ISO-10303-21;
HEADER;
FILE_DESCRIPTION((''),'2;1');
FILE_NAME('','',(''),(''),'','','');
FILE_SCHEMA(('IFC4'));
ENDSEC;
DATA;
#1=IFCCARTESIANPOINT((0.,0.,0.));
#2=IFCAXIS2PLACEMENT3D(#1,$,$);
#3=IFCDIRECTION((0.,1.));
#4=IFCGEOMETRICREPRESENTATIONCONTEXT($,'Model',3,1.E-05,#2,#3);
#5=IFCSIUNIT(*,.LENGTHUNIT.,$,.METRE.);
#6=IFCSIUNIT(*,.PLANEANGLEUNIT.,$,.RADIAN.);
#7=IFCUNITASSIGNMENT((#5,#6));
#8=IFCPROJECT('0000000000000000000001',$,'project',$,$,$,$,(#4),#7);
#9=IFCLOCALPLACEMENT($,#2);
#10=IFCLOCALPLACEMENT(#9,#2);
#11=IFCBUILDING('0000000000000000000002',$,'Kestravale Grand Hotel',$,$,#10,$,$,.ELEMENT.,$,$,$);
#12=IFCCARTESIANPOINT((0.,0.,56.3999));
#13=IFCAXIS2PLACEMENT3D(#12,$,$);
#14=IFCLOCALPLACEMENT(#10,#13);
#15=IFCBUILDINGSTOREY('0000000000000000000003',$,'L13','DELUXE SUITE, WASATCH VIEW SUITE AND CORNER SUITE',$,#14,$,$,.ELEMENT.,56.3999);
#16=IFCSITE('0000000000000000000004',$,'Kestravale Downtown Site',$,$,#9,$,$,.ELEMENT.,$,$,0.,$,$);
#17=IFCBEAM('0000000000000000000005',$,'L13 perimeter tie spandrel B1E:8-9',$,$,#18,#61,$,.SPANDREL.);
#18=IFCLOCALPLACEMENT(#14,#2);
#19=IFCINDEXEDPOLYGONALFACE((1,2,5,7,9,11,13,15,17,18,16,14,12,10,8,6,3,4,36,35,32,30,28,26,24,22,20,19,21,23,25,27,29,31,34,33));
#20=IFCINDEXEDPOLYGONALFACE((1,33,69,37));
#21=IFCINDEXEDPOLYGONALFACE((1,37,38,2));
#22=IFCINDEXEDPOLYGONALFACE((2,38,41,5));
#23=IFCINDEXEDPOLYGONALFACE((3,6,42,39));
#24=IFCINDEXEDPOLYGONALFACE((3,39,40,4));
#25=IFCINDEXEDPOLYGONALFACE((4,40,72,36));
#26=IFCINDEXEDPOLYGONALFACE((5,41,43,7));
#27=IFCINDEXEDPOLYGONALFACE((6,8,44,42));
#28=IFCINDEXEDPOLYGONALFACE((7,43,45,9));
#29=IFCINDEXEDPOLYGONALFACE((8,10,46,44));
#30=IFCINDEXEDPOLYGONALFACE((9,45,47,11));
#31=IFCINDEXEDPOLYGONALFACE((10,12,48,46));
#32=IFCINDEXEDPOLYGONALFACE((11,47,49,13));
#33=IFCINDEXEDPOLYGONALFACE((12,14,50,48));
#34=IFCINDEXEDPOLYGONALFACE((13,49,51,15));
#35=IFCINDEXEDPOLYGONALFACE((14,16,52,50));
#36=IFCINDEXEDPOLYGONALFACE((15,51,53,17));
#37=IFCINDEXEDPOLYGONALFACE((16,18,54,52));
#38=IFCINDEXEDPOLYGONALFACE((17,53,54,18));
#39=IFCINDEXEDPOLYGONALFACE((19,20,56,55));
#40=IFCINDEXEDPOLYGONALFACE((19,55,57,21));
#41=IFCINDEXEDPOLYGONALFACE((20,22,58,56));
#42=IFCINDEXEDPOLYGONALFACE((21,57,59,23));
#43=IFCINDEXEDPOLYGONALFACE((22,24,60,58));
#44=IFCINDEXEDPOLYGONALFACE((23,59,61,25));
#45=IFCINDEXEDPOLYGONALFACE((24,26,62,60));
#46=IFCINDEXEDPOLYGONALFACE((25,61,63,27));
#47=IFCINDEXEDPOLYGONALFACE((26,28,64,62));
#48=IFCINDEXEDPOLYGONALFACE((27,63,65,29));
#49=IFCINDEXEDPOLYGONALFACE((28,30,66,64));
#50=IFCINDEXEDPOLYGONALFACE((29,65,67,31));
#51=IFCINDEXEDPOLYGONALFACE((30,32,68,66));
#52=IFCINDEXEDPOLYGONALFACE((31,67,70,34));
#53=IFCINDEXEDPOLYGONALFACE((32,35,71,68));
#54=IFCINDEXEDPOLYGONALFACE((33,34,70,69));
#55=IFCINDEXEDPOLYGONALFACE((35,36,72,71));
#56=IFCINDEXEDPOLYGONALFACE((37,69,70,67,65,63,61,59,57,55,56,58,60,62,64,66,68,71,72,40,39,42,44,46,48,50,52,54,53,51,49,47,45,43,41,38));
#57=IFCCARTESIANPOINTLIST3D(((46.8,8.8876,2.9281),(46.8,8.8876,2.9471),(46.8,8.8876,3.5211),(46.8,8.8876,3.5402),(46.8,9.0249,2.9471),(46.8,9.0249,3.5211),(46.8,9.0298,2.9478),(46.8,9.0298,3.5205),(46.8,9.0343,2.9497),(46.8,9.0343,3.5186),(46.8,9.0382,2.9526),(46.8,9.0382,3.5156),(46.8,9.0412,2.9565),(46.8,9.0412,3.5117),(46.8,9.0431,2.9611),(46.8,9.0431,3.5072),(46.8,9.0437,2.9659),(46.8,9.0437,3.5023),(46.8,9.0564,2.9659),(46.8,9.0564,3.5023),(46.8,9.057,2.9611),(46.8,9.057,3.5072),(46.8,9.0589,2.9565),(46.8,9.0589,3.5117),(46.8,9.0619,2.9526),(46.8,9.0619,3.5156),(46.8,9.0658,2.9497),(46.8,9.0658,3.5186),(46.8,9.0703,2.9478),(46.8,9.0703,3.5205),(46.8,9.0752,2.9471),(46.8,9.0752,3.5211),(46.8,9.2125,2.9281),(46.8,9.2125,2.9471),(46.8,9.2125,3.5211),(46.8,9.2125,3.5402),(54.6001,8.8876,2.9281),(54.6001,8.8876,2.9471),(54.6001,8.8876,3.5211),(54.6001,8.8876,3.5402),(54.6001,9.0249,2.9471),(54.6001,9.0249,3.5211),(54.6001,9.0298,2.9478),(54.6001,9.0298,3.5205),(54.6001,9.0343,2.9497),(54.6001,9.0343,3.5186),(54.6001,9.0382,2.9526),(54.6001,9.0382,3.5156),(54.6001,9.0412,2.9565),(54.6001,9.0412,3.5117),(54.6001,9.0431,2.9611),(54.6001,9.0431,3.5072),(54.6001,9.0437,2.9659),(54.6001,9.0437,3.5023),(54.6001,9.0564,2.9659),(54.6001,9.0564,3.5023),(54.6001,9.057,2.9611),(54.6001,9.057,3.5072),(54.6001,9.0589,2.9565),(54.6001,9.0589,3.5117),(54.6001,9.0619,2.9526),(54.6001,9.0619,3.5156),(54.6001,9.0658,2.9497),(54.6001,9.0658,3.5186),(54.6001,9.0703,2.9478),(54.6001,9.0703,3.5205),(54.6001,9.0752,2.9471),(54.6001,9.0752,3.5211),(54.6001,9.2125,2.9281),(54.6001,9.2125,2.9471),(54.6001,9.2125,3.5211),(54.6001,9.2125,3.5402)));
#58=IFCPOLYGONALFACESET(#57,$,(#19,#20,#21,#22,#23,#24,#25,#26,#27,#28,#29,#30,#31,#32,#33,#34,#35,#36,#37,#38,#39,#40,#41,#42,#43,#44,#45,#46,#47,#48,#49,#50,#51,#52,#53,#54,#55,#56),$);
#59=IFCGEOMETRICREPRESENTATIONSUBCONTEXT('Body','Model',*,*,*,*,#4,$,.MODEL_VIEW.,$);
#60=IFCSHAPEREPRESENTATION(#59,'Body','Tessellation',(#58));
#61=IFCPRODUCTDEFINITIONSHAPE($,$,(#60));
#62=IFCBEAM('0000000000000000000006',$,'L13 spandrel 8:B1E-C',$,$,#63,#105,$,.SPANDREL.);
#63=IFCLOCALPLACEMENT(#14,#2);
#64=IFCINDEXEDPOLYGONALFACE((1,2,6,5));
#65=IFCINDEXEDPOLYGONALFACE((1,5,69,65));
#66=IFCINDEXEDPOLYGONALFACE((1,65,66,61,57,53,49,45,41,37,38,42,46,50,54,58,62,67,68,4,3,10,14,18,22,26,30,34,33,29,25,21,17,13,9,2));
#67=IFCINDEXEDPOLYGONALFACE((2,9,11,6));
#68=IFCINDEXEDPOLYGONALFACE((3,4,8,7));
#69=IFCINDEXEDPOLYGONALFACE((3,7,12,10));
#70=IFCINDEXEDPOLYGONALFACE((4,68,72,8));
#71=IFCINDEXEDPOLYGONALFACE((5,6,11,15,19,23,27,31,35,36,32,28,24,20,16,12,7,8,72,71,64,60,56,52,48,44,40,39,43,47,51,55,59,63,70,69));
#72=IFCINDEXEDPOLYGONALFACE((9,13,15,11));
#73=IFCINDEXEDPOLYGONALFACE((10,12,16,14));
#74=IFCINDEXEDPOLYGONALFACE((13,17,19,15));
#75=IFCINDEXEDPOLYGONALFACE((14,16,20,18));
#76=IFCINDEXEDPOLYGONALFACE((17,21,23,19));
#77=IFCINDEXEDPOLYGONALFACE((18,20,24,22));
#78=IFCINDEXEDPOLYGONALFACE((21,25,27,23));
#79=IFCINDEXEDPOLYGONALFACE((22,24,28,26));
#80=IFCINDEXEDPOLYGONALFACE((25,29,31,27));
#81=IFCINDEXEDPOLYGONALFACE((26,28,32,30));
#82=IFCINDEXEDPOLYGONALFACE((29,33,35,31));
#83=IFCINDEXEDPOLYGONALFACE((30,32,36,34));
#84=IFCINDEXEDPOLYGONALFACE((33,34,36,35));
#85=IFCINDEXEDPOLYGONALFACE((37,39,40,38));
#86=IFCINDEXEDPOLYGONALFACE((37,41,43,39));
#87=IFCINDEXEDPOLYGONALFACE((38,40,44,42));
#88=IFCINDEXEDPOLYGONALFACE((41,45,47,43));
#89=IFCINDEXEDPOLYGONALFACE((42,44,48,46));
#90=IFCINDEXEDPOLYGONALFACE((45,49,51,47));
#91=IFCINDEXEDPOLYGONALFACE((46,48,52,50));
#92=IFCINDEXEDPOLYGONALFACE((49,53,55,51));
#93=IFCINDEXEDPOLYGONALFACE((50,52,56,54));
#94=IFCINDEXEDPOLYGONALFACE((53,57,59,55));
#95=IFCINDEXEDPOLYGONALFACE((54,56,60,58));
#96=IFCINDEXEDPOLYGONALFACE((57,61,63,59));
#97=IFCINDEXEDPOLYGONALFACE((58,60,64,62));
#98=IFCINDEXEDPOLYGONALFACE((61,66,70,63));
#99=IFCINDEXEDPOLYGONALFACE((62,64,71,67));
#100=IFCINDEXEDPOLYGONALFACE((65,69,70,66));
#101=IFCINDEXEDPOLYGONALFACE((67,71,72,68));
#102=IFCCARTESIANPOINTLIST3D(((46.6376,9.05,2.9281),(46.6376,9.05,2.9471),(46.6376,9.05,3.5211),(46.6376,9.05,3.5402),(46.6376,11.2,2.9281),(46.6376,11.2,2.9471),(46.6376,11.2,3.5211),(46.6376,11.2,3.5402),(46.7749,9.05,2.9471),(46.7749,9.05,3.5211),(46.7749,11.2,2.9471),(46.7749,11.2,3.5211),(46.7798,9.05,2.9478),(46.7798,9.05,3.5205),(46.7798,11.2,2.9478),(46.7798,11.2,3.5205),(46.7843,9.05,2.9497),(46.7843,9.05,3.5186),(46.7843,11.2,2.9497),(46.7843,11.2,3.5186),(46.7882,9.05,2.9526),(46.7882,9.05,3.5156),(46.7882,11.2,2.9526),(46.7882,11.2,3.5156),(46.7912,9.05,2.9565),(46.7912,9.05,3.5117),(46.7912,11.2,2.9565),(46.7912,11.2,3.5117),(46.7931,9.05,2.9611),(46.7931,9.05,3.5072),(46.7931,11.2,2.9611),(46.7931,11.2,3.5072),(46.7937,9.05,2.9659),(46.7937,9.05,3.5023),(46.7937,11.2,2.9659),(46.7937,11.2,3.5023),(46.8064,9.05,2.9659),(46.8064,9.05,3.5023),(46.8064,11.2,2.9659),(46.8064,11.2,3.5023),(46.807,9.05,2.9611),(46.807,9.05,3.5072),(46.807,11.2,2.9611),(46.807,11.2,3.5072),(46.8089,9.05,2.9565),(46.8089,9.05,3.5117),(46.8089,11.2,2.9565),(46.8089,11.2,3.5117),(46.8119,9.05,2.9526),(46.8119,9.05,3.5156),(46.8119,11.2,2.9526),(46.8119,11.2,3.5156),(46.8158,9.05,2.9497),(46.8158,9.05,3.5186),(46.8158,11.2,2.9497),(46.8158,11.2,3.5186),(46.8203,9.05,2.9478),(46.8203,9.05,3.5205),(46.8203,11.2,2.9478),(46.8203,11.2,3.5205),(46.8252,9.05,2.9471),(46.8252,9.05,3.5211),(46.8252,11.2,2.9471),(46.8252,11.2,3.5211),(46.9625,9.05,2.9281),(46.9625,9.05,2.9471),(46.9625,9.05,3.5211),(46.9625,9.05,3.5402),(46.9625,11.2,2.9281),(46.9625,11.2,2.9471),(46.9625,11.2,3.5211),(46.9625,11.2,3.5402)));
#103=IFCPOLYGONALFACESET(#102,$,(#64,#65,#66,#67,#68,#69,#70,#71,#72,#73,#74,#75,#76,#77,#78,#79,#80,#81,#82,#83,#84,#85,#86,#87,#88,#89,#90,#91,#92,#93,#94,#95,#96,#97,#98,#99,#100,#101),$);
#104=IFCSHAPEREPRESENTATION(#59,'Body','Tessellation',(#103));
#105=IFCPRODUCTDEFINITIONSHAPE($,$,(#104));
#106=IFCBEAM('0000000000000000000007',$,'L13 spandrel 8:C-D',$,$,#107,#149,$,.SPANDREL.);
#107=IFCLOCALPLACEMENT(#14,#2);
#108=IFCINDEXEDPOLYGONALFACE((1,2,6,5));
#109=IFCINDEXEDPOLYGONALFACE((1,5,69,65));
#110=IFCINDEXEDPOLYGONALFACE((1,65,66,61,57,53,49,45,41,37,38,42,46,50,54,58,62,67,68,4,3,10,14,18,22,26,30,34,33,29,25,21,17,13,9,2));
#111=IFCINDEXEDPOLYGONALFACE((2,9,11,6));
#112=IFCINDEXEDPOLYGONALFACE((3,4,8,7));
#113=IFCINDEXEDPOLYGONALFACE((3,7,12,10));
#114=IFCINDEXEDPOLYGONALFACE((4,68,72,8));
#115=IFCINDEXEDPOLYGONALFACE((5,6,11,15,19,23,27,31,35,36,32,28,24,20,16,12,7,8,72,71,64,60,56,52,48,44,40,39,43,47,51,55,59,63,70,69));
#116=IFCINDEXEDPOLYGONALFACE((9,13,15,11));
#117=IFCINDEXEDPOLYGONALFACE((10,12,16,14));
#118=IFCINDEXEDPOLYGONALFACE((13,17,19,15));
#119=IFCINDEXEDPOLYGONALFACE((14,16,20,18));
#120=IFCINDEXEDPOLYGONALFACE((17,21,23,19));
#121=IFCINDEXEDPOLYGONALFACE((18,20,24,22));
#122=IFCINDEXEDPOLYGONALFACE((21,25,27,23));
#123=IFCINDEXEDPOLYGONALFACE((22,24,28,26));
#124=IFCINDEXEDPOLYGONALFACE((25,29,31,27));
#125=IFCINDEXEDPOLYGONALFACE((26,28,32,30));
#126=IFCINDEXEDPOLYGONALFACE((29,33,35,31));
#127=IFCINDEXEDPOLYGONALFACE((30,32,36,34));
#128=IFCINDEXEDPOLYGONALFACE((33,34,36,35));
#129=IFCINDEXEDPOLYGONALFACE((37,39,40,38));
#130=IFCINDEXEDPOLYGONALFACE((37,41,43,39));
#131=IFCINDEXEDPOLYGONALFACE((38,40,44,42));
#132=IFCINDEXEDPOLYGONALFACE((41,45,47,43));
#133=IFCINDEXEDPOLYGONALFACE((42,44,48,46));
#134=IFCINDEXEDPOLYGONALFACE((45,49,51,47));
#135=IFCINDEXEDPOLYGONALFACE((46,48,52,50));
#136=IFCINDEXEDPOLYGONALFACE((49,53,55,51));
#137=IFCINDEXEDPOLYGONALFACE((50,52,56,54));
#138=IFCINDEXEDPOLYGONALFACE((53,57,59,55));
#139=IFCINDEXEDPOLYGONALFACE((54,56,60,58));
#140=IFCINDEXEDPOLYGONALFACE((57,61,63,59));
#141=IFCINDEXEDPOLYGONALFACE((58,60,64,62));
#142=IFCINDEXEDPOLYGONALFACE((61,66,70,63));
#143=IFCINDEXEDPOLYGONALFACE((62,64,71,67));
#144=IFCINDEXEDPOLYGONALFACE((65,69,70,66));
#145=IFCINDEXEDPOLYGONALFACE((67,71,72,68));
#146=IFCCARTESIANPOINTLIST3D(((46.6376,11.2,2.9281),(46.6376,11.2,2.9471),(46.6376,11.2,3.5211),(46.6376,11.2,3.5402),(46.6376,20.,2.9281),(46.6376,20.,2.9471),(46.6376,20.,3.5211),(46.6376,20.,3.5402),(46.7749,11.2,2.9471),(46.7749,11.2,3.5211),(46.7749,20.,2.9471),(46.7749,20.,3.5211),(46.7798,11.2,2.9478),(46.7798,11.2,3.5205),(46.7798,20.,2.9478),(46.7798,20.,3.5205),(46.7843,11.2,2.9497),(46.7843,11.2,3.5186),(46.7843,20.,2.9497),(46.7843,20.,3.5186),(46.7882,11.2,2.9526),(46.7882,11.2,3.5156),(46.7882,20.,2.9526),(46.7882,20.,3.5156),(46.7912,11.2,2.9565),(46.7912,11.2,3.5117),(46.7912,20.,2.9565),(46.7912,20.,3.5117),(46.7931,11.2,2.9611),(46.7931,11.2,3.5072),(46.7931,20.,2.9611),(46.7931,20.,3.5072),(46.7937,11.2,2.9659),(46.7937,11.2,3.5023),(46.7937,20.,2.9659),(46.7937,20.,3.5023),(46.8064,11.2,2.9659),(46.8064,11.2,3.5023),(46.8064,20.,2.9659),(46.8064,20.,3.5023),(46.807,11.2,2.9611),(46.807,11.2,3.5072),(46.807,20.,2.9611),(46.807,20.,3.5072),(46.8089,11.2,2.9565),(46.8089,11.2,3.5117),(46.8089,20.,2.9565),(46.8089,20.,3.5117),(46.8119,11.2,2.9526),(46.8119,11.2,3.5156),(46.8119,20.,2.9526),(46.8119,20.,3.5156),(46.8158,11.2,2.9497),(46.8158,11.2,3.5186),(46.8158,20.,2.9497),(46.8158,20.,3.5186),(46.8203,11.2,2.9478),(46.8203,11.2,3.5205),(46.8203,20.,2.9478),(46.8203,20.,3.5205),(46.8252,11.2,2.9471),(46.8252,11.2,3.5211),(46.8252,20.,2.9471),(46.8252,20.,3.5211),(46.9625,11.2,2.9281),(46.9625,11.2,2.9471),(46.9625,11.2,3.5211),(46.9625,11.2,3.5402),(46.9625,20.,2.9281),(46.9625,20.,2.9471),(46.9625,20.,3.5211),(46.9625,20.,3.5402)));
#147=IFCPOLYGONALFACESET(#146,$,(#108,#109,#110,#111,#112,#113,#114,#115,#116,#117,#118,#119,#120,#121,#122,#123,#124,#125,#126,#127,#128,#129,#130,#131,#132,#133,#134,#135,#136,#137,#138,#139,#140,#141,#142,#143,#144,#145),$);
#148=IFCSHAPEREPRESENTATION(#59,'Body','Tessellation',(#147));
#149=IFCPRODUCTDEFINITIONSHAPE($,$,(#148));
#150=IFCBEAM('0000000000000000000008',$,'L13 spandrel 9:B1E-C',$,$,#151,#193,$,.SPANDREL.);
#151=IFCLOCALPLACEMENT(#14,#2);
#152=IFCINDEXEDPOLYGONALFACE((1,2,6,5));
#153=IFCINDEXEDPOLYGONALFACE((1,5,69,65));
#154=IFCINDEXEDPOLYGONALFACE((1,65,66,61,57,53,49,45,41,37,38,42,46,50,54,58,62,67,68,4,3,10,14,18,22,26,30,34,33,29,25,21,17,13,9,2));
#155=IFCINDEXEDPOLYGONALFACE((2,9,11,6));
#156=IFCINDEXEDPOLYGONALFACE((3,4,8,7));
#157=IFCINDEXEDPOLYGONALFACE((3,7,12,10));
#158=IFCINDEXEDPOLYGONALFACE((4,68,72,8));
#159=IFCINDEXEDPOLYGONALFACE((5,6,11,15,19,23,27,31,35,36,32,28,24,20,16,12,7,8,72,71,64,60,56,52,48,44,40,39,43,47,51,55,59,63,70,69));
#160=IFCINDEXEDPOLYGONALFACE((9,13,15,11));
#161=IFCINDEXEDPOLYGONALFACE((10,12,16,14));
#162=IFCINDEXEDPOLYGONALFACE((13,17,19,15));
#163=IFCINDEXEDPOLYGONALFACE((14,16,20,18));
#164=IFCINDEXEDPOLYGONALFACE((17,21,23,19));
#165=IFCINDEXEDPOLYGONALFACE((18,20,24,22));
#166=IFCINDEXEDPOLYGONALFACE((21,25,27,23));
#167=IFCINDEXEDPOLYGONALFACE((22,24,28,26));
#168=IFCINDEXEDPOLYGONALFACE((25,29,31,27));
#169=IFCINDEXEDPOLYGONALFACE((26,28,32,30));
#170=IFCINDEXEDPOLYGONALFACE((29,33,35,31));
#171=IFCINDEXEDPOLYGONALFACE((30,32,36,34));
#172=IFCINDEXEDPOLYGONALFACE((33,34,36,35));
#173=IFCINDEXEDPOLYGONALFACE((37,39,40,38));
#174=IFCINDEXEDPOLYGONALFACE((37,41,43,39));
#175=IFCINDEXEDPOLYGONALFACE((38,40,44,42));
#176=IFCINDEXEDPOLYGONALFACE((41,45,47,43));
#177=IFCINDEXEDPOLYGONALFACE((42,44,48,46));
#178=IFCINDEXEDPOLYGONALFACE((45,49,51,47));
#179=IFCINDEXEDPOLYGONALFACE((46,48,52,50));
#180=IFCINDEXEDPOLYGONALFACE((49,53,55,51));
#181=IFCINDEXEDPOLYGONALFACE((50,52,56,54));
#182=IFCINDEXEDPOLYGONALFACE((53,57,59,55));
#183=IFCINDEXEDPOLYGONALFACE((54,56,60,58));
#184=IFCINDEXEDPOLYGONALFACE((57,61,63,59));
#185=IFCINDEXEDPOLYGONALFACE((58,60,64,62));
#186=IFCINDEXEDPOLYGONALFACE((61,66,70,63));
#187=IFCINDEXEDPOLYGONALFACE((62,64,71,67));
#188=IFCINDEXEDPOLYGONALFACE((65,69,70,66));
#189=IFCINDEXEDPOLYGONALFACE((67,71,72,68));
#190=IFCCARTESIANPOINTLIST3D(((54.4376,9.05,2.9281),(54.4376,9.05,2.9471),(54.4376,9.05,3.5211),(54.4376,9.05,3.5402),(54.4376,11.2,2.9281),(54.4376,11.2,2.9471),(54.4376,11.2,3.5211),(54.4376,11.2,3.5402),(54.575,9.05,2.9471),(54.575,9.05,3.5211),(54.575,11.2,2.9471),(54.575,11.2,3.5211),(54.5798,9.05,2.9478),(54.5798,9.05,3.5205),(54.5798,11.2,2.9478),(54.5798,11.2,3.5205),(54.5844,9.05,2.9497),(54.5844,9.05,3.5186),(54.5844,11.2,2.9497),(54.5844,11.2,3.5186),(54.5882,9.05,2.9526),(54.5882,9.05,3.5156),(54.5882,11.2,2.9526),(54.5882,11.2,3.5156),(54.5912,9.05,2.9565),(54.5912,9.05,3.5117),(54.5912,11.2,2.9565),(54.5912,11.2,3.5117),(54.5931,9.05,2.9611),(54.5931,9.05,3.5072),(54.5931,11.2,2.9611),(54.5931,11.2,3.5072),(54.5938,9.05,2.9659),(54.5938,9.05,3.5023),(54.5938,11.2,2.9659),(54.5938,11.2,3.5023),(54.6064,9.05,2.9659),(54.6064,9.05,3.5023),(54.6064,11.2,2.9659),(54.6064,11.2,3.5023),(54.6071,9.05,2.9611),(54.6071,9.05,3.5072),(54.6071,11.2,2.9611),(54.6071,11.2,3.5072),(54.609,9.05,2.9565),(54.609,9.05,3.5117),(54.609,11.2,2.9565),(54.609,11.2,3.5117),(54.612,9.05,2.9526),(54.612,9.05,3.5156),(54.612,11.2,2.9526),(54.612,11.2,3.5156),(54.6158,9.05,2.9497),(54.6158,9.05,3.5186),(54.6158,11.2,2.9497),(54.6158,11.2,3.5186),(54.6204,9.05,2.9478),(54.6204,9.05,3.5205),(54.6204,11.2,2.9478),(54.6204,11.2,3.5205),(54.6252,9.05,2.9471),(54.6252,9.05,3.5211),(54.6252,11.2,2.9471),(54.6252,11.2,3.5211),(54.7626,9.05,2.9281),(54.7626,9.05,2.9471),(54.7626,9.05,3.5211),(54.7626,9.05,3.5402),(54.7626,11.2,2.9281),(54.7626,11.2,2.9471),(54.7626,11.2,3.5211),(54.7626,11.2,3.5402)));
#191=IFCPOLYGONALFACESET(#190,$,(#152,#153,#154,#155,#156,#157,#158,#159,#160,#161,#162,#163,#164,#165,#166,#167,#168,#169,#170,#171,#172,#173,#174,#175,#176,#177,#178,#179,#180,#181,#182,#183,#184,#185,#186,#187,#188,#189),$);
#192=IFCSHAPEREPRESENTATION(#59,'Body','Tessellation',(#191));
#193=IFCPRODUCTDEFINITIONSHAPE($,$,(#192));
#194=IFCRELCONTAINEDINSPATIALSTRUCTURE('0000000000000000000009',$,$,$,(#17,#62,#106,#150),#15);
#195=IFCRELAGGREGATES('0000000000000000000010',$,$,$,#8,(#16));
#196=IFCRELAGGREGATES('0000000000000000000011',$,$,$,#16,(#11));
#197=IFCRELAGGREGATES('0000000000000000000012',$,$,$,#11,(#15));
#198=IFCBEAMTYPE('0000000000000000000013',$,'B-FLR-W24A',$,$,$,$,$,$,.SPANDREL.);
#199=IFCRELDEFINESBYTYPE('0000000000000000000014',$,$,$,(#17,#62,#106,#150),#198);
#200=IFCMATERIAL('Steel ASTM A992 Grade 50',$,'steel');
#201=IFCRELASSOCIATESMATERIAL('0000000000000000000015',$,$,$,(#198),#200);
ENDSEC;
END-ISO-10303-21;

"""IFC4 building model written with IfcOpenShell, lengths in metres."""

from ifc_helpers import new_model, si_unit, direction, frame, origin, origin_2d, place, context, subcontext, project, spatial, i_section, extrude, material, material_profile, profile_set, type_object, element, save


model = new_model("IFC4")

# Units and contexts
model_context = context("Model", 3, precision=1e-05, world=origin(), true_north=direction((0.0, 1.0)))
body_context = subcontext(model_context, "Body", "Model", "MODEL_VIEW")
ifc_project = project(units=[si_unit("LENGTHUNIT", "METRE"), si_unit("PLANEANGLEUNIT", "RADIAN")], contexts=[model_context])

# Site, building, storey
site_placement = place(None, origin())
site = spatial("IfcSite", under=ifc_project, at=site_placement, Name="Kestravale Downtown Site", CompositionType="ELEMENT", RefElevation=0.0)
building_placement = place(site_placement, origin())
building = spatial("IfcBuilding", under=site, at=building_placement, Name="Kestravale Grand Hotel", CompositionType="ELEMENT")
storey_placement = place(building_placement, frame((0.0, 0.0, 56.3999)))
storey = spatial("IfcBuildingStorey", under=building, at=storey_placement, Name="L13", Description="DELUXE SUITE, WASATCH VIEW SUITE AND CORNER SUITE", CompositionType="ELEMENT", Elevation=56.3999)

# Beams
ifc_material_1 = material(Name="Steel ASTM A992 Grade 50", Category="steel")
ifc_material_profile_1 = material_profile(ifc_material_1, i_section(OverallWidth=0.325, OverallDepth=0.6121, WebThickness=0.0127, FlangeThickness=0.019, FilletRadius=0.0188, at=origin_2d()))
ifc_profile_set_1 = profile_set([ifc_material_profile_1], Name="Steel ASTM A992 Grade 50")
beam_type_1 = type_object("IfcBeamType", Name="B-FLR-W24A", PredefinedType="SPANDREL", material=ifc_profile_set_1)
beam_1_placement = place(storey_placement, frame((46.8, 9.05, 3.2341), z_axis=(1.0, 0.0, 0.0), x_axis=(0.0, 1.0, 0.0)))
element("IfcBeam", 1, at=beam_1_placement, inside=storey, type_object=beam_type_1, Name="L13 perimeter tie spandrel B1E:8-9", PredefinedType="SPANDREL", context=body_context, shape_type="SweptSolid", body=[
    extrude(i_section(OverallWidth=0.325, OverallDepth=0.6121, WebThickness=0.0127, FlangeThickness=0.019, FilletRadius=0.0188, at=origin_2d()), origin(), (0.0, 0.0, 1.0), 7.8),
])
beam_2_placement = place(storey_placement, frame((46.8, 9.05, 3.2341), z_axis=(0.0, 1.0, 0.0), x_axis=(-1.0, 0.0, 0.0)))
element("IfcBeam", 2, at=beam_2_placement, inside=storey, type_object=beam_type_1, Name="L13 spandrel 8:B1E-C", PredefinedType="SPANDREL", context=body_context, shape_type="SweptSolid", body=[
    extrude(i_section(OverallWidth=0.325, OverallDepth=0.6121, WebThickness=0.0127, FlangeThickness=0.019, FilletRadius=0.0188, at=origin_2d()), origin(), (0.0, 0.0, 1.0), 2.1499),
])
beam_3_placement = place(storey_placement, frame((46.8, 11.2, 3.2341), z_axis=(0.0, 1.0, 0.0), x_axis=(-1.0, 0.0, 0.0)))
element("IfcBeam", 3, at=beam_3_placement, inside=storey, type_object=beam_type_1, Name="L13 spandrel 8:C-D", PredefinedType="SPANDREL", context=body_context, shape_type="SweptSolid", body=[
    extrude(i_section(OverallWidth=0.325, OverallDepth=0.6121, WebThickness=0.0127, FlangeThickness=0.019, FilletRadius=0.0188, at=origin_2d()), origin(), (0.0, 0.0, 1.0), 8.8),
])
beam_4_placement = place(storey_placement, frame((54.6001, 9.05, 3.2341), z_axis=(0.0, 1.0, 0.0), x_axis=(-1.0, 0.0, 0.0)))
element("IfcBeam", 4, at=beam_4_placement, inside=storey, type_object=beam_type_1, Name="L13 spandrel 9:B1E-C", PredefinedType="SPANDREL", context=body_context, shape_type="SweptSolid", body=[
    extrude(i_section(OverallWidth=0.325, OverallDepth=0.6121, WebThickness=0.0127, FlangeThickness=0.019, FilletRadius=0.0188, at=origin_2d()), origin(), (0.0, 0.0, 1.0), 2.1499),
])

save(model, "model.ifc")
